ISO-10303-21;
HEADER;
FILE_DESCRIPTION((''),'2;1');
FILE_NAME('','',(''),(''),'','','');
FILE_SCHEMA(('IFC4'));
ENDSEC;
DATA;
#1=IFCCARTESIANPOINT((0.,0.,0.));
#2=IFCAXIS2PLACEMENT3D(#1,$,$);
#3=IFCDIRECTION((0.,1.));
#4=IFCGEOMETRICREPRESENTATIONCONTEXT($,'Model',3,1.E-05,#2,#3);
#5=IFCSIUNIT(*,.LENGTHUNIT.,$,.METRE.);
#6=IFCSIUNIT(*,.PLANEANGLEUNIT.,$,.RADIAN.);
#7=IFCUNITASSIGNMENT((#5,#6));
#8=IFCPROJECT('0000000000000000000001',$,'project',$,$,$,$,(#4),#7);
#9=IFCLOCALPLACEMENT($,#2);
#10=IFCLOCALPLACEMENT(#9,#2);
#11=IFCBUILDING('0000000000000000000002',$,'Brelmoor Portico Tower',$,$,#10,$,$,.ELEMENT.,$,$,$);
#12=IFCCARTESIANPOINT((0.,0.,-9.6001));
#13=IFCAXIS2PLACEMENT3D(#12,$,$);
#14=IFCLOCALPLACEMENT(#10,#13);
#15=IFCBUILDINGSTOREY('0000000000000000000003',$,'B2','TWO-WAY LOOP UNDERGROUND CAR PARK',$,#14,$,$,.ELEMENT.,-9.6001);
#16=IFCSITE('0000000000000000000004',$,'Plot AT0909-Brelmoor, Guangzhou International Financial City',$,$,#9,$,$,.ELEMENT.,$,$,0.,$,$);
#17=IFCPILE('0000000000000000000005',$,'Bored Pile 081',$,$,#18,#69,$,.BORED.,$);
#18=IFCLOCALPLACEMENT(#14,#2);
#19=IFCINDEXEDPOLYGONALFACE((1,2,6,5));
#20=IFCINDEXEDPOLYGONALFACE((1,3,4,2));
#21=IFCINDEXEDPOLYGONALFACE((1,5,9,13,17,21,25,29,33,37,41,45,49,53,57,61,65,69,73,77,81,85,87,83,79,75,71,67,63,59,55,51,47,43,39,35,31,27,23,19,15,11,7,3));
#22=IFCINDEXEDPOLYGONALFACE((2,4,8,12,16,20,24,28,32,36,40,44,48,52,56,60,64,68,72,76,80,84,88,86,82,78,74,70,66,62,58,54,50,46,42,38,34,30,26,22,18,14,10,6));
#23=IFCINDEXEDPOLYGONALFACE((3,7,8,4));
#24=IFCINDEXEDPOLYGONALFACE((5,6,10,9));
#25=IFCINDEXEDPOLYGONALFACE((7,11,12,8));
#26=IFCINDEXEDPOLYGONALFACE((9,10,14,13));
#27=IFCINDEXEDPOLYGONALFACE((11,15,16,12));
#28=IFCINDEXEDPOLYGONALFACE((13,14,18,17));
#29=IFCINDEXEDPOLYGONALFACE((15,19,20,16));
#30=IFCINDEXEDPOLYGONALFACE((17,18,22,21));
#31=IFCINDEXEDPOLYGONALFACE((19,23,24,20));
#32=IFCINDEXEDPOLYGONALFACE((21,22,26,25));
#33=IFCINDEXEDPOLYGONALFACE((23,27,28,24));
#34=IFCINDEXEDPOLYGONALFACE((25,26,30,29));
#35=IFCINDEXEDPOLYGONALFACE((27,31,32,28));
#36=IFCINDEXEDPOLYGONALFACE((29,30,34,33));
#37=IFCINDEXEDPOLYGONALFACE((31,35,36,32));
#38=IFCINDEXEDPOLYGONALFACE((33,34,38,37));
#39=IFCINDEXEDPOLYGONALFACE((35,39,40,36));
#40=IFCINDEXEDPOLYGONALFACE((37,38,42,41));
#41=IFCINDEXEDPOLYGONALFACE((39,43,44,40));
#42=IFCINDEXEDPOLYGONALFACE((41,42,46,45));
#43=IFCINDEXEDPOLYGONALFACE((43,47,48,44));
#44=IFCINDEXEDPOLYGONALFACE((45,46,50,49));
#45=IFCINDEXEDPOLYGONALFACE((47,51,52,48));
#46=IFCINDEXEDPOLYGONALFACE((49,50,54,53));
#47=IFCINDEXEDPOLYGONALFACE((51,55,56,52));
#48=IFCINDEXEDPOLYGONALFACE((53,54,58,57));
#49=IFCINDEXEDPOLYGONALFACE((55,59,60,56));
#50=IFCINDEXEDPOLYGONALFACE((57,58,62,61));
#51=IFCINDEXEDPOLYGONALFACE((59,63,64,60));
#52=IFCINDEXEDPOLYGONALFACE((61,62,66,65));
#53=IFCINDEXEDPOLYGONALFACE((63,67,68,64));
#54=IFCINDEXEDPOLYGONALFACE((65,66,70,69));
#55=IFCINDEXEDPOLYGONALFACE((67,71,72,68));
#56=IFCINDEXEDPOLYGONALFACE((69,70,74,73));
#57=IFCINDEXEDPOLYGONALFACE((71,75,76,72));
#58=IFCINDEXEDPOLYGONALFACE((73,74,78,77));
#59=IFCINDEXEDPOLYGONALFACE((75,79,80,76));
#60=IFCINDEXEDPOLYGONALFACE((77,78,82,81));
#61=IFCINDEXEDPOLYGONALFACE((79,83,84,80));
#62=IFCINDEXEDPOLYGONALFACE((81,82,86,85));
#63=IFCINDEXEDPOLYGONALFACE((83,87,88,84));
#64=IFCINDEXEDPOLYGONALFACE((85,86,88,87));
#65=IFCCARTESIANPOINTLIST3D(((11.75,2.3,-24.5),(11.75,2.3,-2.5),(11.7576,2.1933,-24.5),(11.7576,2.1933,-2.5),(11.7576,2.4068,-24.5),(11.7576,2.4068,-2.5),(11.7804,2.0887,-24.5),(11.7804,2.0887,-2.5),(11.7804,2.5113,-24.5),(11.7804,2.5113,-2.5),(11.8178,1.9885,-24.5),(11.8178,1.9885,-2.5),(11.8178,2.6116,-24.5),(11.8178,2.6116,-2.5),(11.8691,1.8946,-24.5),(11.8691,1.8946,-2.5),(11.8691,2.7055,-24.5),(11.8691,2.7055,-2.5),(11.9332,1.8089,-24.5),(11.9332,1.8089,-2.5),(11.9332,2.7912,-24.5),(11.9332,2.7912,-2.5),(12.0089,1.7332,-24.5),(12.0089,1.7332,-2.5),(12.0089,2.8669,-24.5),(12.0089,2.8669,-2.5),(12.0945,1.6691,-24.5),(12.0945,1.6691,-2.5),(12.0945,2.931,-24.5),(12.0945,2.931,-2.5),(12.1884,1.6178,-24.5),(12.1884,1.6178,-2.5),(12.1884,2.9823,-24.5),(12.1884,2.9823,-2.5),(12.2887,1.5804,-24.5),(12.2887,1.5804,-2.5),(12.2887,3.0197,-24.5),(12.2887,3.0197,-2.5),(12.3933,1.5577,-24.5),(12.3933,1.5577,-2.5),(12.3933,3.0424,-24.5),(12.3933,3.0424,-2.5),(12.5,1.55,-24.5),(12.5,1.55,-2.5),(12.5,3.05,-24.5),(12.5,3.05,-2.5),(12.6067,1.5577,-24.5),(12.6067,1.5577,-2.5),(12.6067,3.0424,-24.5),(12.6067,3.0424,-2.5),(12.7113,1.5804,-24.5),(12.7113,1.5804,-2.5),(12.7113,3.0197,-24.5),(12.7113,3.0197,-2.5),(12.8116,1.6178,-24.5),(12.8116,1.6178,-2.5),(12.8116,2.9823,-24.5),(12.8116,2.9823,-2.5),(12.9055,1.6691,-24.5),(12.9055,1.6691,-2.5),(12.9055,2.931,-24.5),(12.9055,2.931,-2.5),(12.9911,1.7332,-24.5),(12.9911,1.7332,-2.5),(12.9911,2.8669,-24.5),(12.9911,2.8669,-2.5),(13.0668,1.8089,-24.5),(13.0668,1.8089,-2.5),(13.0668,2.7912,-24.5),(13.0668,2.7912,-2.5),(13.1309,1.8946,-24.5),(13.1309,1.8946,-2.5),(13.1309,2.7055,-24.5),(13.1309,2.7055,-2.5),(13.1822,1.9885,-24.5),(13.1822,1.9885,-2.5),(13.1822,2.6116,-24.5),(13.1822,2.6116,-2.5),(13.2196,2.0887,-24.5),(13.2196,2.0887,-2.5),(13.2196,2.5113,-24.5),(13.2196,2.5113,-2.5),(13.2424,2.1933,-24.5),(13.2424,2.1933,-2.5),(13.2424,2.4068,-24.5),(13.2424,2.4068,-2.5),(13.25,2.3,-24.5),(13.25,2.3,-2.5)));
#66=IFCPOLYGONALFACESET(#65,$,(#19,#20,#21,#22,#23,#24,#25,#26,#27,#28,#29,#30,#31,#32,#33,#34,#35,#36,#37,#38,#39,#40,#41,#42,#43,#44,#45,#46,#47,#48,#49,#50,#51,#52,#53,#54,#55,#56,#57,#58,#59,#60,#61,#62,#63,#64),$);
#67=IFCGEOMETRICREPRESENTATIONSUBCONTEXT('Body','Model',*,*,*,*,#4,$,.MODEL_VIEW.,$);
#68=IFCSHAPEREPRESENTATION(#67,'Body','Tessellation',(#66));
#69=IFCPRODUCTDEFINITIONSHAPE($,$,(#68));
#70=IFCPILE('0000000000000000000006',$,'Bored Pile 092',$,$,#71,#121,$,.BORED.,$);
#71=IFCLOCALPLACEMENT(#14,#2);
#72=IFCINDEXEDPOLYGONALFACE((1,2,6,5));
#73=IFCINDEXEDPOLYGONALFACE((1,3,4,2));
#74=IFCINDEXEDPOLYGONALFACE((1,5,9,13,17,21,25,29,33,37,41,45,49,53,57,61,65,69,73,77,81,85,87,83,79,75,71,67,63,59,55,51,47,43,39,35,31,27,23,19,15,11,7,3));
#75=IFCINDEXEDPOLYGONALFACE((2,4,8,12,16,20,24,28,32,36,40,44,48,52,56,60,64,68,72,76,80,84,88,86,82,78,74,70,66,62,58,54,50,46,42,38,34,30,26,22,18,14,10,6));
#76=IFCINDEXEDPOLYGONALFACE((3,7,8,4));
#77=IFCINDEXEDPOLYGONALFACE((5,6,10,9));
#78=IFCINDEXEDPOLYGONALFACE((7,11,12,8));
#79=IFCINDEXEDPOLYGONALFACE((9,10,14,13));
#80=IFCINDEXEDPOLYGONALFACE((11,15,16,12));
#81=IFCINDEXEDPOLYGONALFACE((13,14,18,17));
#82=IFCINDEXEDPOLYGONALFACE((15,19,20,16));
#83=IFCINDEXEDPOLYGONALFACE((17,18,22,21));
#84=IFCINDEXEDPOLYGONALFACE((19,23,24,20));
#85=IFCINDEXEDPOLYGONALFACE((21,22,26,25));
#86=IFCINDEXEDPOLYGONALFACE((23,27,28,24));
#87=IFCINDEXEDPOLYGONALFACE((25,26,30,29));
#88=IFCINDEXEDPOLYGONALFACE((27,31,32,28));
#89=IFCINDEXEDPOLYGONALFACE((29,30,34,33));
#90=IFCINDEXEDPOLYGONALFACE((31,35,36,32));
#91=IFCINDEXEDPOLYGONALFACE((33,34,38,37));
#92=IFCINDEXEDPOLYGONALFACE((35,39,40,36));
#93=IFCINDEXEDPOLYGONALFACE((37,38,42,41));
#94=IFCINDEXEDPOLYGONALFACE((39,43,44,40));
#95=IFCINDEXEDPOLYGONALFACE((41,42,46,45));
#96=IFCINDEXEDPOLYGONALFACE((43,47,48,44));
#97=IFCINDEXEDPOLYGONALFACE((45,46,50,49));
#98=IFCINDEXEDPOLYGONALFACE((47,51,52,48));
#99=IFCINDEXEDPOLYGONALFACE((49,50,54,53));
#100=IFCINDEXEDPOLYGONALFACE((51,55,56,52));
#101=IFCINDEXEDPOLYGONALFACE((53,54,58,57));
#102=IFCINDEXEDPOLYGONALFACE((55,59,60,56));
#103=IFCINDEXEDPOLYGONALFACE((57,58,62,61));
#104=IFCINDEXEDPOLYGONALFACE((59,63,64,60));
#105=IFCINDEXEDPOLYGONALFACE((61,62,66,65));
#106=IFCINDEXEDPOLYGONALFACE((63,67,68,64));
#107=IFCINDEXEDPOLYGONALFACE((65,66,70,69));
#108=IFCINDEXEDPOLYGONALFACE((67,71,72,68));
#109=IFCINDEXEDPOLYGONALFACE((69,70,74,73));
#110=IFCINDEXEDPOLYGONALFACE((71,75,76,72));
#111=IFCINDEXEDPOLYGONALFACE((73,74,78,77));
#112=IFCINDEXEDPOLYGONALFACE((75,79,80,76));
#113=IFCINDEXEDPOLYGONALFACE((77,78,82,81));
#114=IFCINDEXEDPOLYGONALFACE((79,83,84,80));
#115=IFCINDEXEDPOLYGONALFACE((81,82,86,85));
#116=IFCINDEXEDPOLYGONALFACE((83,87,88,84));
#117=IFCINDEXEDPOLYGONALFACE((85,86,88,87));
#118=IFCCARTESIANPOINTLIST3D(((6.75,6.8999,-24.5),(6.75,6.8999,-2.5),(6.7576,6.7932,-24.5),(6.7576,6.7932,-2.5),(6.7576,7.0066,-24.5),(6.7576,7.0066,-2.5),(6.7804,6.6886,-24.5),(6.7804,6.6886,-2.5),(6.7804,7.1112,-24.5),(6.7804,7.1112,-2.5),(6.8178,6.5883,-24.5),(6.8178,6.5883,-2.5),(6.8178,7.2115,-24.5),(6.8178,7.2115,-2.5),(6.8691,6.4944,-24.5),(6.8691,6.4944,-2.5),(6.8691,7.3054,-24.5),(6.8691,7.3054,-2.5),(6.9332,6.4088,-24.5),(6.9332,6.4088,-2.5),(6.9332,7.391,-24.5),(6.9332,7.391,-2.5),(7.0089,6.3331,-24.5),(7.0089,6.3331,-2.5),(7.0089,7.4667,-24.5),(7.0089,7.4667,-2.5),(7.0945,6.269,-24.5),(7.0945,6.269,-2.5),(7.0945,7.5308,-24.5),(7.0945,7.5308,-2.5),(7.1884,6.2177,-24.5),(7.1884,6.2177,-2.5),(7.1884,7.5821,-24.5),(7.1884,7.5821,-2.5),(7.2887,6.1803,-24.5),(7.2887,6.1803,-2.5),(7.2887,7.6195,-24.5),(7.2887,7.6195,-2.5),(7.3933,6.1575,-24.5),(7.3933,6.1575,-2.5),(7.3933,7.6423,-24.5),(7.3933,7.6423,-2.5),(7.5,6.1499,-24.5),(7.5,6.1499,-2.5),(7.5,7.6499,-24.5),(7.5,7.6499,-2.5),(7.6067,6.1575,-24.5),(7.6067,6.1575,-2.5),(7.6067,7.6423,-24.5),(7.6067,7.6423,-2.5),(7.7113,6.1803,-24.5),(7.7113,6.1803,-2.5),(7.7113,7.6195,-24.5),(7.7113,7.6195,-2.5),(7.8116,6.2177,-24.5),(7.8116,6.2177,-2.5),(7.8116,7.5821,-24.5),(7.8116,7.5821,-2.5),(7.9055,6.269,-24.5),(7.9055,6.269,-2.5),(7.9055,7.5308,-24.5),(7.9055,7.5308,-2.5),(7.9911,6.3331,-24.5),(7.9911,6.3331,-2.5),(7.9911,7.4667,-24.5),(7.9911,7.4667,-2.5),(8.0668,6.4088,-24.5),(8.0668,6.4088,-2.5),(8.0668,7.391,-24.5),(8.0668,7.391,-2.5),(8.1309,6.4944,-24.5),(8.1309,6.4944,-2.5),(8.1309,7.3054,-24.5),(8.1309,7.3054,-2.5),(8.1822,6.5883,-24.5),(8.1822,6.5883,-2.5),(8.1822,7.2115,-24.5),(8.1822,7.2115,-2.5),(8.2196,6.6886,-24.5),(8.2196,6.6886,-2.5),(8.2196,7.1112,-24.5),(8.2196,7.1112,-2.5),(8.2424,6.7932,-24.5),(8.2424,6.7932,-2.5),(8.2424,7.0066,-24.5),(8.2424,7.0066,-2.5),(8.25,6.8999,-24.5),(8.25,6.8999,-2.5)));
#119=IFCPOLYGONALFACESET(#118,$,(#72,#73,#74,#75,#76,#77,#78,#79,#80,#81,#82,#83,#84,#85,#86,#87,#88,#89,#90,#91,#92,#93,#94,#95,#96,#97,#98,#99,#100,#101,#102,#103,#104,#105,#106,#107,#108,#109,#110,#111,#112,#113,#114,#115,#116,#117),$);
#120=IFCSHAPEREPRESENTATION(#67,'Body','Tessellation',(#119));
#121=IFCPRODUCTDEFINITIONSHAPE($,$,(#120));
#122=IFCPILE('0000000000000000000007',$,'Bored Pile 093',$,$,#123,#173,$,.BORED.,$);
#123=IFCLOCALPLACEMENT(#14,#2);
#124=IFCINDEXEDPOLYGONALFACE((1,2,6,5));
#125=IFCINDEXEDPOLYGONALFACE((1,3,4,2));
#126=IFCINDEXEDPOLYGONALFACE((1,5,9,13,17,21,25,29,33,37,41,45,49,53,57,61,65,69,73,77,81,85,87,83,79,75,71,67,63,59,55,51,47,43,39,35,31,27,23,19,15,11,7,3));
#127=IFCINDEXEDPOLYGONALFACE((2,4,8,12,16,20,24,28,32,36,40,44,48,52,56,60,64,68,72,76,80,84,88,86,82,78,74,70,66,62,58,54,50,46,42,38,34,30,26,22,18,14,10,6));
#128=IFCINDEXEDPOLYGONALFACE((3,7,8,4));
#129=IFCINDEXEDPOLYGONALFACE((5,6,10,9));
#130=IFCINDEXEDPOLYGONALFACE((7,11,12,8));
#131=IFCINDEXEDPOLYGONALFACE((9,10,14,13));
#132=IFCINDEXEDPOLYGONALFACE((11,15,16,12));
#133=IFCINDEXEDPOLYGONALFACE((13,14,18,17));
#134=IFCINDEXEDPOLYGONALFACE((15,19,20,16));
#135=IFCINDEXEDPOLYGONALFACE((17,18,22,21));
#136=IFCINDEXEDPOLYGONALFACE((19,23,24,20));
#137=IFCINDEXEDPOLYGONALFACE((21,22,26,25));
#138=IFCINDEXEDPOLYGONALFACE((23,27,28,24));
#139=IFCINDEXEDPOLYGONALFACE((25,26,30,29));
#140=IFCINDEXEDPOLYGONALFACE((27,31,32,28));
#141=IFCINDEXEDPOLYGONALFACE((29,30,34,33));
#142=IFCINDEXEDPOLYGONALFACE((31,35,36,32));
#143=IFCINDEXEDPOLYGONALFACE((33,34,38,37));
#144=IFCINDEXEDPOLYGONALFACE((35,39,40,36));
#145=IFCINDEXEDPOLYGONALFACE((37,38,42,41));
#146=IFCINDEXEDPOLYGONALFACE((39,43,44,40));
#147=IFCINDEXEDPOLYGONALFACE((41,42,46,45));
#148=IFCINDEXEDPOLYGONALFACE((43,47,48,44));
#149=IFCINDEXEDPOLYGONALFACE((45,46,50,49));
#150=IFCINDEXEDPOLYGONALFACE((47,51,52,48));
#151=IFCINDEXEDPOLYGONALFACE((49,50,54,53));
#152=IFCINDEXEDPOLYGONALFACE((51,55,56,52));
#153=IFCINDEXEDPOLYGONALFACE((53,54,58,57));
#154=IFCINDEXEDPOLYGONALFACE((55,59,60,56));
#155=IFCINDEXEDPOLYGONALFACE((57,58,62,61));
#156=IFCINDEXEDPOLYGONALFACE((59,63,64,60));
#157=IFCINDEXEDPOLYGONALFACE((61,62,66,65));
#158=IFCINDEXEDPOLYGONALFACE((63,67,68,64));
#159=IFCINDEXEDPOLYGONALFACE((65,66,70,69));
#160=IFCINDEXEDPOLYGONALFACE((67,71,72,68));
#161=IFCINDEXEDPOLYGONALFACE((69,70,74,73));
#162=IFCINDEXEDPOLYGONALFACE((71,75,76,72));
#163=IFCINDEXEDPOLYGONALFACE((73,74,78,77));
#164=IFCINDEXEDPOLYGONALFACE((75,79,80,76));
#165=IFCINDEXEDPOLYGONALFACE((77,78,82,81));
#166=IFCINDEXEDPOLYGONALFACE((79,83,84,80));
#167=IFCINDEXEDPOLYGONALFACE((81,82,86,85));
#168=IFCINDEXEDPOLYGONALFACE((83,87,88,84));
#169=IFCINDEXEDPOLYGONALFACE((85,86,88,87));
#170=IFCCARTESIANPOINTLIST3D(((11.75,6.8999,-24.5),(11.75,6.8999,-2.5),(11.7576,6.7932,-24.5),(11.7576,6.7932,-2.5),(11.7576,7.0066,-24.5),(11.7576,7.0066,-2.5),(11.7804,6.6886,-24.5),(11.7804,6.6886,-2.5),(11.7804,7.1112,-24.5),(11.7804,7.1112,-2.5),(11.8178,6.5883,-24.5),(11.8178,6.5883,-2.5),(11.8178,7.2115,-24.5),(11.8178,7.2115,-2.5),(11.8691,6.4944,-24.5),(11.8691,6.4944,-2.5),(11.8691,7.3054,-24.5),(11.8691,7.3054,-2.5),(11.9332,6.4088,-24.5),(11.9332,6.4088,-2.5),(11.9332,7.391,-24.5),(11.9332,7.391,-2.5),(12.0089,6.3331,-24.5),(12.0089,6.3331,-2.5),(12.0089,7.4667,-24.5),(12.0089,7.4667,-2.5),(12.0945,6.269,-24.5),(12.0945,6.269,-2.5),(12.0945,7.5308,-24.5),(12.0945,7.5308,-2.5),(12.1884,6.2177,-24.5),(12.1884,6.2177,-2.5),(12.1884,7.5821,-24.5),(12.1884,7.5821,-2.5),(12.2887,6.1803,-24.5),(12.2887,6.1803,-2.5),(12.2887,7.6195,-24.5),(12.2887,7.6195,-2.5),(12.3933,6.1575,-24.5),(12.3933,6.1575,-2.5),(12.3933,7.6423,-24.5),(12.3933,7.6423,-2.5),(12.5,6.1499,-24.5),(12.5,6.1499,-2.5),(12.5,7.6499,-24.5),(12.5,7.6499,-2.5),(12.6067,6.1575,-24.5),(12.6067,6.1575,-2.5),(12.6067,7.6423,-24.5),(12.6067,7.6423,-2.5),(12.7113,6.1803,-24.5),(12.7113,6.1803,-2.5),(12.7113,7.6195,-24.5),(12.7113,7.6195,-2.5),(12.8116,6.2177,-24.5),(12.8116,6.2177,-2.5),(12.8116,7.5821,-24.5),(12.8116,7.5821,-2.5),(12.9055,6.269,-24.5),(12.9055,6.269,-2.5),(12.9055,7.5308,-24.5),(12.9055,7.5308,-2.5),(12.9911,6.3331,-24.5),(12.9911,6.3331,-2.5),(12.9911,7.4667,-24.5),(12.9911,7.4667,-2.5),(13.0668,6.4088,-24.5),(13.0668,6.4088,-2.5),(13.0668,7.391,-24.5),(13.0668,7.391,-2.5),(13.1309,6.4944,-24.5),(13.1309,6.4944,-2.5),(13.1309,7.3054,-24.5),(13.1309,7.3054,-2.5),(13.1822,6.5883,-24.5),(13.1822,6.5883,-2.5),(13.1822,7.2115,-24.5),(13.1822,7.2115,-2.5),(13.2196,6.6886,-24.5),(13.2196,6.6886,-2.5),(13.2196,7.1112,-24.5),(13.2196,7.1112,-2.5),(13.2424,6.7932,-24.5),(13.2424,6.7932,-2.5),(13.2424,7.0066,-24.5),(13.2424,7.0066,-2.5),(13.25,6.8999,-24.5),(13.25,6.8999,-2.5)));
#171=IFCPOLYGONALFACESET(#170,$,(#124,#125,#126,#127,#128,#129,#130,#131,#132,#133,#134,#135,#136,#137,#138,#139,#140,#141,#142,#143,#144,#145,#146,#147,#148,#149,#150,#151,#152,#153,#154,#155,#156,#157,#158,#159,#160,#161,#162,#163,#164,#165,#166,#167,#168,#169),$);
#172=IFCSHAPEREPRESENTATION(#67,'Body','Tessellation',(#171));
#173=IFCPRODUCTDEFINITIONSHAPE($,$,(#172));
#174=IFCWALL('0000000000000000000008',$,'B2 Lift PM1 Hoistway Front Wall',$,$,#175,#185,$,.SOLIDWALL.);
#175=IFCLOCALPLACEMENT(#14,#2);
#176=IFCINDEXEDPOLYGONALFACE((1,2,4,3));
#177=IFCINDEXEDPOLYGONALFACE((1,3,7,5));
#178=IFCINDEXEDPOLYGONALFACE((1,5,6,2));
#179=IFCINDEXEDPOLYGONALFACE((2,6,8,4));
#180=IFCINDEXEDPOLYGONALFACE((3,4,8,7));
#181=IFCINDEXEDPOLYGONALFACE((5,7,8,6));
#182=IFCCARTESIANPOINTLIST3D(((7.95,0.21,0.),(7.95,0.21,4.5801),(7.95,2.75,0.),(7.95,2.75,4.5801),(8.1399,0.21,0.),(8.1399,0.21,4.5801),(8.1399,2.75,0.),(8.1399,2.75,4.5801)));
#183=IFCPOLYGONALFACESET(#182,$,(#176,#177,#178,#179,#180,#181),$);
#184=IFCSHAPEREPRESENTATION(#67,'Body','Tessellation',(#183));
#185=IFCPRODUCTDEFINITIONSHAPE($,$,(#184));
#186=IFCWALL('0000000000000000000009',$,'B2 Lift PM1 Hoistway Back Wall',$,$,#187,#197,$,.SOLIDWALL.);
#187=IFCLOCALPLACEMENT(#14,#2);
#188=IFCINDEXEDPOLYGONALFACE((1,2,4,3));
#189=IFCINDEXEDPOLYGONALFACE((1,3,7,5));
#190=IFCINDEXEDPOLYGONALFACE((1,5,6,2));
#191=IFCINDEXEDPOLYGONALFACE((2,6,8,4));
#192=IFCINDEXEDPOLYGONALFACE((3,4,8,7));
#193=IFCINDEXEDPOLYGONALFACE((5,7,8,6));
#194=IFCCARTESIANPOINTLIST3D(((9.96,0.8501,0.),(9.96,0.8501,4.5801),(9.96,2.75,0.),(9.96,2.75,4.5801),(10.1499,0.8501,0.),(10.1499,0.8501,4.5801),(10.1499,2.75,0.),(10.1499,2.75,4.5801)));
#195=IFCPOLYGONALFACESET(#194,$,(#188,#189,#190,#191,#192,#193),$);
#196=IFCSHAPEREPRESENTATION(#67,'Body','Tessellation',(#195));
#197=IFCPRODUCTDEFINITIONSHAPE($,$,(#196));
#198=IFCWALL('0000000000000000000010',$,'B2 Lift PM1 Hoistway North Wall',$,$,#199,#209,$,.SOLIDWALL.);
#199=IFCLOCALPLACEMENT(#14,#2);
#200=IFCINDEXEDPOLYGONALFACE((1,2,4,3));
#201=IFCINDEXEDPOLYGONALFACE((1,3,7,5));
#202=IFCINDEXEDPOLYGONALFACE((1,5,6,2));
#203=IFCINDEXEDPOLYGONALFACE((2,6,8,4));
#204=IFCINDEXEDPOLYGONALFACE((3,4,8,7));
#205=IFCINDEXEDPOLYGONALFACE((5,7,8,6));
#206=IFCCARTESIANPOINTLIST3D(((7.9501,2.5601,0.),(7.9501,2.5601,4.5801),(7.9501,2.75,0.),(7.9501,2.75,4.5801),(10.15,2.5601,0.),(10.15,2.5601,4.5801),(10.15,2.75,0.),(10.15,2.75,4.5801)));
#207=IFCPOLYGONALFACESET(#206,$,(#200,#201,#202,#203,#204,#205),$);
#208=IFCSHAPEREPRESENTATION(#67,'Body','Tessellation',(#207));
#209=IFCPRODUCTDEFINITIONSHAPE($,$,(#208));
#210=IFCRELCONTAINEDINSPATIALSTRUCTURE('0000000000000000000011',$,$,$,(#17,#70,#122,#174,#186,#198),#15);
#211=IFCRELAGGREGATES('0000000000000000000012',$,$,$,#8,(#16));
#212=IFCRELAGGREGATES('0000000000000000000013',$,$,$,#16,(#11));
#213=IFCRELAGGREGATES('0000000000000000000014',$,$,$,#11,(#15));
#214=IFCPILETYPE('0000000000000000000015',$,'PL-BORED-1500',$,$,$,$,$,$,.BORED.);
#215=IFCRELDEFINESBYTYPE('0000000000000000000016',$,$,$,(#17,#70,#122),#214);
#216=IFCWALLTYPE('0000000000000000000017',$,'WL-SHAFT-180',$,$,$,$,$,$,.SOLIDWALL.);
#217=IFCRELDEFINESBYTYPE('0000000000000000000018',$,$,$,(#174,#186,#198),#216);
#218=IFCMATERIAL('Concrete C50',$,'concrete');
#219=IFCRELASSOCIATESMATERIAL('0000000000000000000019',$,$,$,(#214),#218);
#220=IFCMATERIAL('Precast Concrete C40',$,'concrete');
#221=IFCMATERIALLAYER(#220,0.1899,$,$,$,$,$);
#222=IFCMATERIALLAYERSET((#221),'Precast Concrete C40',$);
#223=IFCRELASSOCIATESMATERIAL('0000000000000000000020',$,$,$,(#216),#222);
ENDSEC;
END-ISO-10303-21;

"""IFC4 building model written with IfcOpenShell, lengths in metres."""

from ifc_helpers import new_model, si_unit, direction, frame, frame_2d, origin, origin_2d, place, context, subcontext, project, spatial, rectangle, circle, extrude, material, layer, layer_set, material_profile, profile_set, type_object, element, save


model = new_model("IFC4")

# Units and contexts
model_context = context("Model", 3, precision=1e-05, world=origin(), true_north=direction((0.0, 1.0)))
body_context = subcontext(model_context, "Body", "Model", "MODEL_VIEW")
ifc_project = project(units=[si_unit("LENGTHUNIT", "METRE"), si_unit("PLANEANGLEUNIT", "RADIAN")], contexts=[model_context])

# Site, building, storey
site_placement = place(None, origin())
site = spatial("IfcSite", under=ifc_project, at=site_placement, Name="Plot AT0909-Brelmoor, Guangzhou International Financial City", CompositionType="ELEMENT", RefElevation=0.0)
building_placement = place(site_placement, origin())
building = spatial("IfcBuilding", under=site, at=building_placement, Name="Brelmoor Portico Tower", CompositionType="ELEMENT")
storey_placement = place(building_placement, frame((0.0, 0.0, -9.6001)))
storey = spatial("IfcBuildingStorey", under=building, at=storey_placement, Name="B2", Description="TWO-WAY LOOP UNDERGROUND CAR PARK", CompositionType="ELEMENT", Elevation=-9.6001)

# Piles
ifc_material_1 = material(Name="Concrete C50", Category="concrete")
ifc_material_profile_1 = material_profile(ifc_material_1, circle(Radius=0.75, at=origin_2d()), Name="BORED PILE D1500")
ifc_profile_set_1 = profile_set([ifc_material_profile_1], Name="Concrete C50")
pile_type_1 = type_object("IfcPileType", Name="PL-BORED-1500", PredefinedType="BORED", material=ifc_profile_set_1)
for number, where, z_axis, x_axis, name in (
    (1, (12.5, 2.3, -2.5), (0.0, 0.0, -1.0), (1.0, 0.0, 0.0), "Bored Pile 081"),
    (2, (7.5, 6.8999, -2.5), (0.0, 0.0, -1.0), (1.0, 0.0, 0.0), "Bored Pile 092"),
    (3, (12.5, 6.8999, -2.5), (0.0, 0.0, -1.0), (1.0, 0.0, 0.0), "Bored Pile 093"),
):
    element("IfcPile", number, at=place(storey_placement, frame(where, z_axis=z_axis, x_axis=x_axis)), inside=storey, type_object=pile_type_1, Name=name, PredefinedType="BORED", context=body_context, shape_type="SweptSolid", body=[
        extrude(circle(Radius=0.75, at=origin_2d()), origin(), (0.0, 0.0, 1.0), 22.0),
    ])

# Walls
ifc_material_2 = material(Name="Precast Concrete C40", Category="concrete")
ifc_layer_1 = layer(ifc_material_2, 0.1899)
ifc_layer_set_1 = layer_set([ifc_layer_1], Name="Precast Concrete C40")
wall_type_1 = type_object("IfcWallType", Name="WL-SHAFT-180", PredefinedType="SOLIDWALL", material=ifc_layer_set_1)
wall_1_placement = place(storey_placement, frame((8.0449, 0.21, 0.0), z_axis=(0.0, 0.0, 1.0), x_axis=(0.0, 1.0, 0.0)))
element("IfcWall", 4, at=wall_1_placement, inside=storey, type_object=wall_type_1, Name="B2 Lift PM1 Hoistway Front Wall", PredefinedType="SOLIDWALL", context=body_context, shape_type="SweptSolid", body=[
    extrude(rectangle(XDim=2.54, YDim=0.1899, at=frame_2d((1.27, 0.0))), origin(), (0.0, 0.0, 1.0), 4.5801),
])
wall_2_placement = place(storey_placement, frame((10.0549, 0.8501, 0.0), z_axis=(0.0, 0.0, 1.0), x_axis=(0.0, 1.0, 0.0)))
element("IfcWall", 5, at=wall_2_placement, inside=storey, type_object=wall_type_1, Name="B2 Lift PM1 Hoistway Back Wall", PredefinedType="SOLIDWALL", context=body_context, shape_type="SweptSolid", body=[
    extrude(rectangle(XDim=1.8999, YDim=0.1899, at=frame_2d((0.95, 0.0))), origin(), (0.0, 0.0, 1.0), 4.5801),
])
for number, where, z_axis, x_axis, name in (
    (6, (7.95, 2.655, 0.0), (0.0, 0.0, 1.0), (1.0, 0.0, 0.0), "B2 Lift PM1 Hoistway North Wall"),
):
    element("IfcWall", number, at=place(storey_placement, frame(where, z_axis=z_axis, x_axis=x_axis)), inside=storey, type_object=wall_type_1, Name=name, PredefinedType="SOLIDWALL", context=body_context, shape_type="SweptSolid", body=[
        extrude(rectangle(XDim=2.2, YDim=0.1899, at=frame_2d((1.1001, 0.0))), origin(), (0.0, 0.0, 1.0), 4.5801),
    ])

save(model, "model.ifc")
